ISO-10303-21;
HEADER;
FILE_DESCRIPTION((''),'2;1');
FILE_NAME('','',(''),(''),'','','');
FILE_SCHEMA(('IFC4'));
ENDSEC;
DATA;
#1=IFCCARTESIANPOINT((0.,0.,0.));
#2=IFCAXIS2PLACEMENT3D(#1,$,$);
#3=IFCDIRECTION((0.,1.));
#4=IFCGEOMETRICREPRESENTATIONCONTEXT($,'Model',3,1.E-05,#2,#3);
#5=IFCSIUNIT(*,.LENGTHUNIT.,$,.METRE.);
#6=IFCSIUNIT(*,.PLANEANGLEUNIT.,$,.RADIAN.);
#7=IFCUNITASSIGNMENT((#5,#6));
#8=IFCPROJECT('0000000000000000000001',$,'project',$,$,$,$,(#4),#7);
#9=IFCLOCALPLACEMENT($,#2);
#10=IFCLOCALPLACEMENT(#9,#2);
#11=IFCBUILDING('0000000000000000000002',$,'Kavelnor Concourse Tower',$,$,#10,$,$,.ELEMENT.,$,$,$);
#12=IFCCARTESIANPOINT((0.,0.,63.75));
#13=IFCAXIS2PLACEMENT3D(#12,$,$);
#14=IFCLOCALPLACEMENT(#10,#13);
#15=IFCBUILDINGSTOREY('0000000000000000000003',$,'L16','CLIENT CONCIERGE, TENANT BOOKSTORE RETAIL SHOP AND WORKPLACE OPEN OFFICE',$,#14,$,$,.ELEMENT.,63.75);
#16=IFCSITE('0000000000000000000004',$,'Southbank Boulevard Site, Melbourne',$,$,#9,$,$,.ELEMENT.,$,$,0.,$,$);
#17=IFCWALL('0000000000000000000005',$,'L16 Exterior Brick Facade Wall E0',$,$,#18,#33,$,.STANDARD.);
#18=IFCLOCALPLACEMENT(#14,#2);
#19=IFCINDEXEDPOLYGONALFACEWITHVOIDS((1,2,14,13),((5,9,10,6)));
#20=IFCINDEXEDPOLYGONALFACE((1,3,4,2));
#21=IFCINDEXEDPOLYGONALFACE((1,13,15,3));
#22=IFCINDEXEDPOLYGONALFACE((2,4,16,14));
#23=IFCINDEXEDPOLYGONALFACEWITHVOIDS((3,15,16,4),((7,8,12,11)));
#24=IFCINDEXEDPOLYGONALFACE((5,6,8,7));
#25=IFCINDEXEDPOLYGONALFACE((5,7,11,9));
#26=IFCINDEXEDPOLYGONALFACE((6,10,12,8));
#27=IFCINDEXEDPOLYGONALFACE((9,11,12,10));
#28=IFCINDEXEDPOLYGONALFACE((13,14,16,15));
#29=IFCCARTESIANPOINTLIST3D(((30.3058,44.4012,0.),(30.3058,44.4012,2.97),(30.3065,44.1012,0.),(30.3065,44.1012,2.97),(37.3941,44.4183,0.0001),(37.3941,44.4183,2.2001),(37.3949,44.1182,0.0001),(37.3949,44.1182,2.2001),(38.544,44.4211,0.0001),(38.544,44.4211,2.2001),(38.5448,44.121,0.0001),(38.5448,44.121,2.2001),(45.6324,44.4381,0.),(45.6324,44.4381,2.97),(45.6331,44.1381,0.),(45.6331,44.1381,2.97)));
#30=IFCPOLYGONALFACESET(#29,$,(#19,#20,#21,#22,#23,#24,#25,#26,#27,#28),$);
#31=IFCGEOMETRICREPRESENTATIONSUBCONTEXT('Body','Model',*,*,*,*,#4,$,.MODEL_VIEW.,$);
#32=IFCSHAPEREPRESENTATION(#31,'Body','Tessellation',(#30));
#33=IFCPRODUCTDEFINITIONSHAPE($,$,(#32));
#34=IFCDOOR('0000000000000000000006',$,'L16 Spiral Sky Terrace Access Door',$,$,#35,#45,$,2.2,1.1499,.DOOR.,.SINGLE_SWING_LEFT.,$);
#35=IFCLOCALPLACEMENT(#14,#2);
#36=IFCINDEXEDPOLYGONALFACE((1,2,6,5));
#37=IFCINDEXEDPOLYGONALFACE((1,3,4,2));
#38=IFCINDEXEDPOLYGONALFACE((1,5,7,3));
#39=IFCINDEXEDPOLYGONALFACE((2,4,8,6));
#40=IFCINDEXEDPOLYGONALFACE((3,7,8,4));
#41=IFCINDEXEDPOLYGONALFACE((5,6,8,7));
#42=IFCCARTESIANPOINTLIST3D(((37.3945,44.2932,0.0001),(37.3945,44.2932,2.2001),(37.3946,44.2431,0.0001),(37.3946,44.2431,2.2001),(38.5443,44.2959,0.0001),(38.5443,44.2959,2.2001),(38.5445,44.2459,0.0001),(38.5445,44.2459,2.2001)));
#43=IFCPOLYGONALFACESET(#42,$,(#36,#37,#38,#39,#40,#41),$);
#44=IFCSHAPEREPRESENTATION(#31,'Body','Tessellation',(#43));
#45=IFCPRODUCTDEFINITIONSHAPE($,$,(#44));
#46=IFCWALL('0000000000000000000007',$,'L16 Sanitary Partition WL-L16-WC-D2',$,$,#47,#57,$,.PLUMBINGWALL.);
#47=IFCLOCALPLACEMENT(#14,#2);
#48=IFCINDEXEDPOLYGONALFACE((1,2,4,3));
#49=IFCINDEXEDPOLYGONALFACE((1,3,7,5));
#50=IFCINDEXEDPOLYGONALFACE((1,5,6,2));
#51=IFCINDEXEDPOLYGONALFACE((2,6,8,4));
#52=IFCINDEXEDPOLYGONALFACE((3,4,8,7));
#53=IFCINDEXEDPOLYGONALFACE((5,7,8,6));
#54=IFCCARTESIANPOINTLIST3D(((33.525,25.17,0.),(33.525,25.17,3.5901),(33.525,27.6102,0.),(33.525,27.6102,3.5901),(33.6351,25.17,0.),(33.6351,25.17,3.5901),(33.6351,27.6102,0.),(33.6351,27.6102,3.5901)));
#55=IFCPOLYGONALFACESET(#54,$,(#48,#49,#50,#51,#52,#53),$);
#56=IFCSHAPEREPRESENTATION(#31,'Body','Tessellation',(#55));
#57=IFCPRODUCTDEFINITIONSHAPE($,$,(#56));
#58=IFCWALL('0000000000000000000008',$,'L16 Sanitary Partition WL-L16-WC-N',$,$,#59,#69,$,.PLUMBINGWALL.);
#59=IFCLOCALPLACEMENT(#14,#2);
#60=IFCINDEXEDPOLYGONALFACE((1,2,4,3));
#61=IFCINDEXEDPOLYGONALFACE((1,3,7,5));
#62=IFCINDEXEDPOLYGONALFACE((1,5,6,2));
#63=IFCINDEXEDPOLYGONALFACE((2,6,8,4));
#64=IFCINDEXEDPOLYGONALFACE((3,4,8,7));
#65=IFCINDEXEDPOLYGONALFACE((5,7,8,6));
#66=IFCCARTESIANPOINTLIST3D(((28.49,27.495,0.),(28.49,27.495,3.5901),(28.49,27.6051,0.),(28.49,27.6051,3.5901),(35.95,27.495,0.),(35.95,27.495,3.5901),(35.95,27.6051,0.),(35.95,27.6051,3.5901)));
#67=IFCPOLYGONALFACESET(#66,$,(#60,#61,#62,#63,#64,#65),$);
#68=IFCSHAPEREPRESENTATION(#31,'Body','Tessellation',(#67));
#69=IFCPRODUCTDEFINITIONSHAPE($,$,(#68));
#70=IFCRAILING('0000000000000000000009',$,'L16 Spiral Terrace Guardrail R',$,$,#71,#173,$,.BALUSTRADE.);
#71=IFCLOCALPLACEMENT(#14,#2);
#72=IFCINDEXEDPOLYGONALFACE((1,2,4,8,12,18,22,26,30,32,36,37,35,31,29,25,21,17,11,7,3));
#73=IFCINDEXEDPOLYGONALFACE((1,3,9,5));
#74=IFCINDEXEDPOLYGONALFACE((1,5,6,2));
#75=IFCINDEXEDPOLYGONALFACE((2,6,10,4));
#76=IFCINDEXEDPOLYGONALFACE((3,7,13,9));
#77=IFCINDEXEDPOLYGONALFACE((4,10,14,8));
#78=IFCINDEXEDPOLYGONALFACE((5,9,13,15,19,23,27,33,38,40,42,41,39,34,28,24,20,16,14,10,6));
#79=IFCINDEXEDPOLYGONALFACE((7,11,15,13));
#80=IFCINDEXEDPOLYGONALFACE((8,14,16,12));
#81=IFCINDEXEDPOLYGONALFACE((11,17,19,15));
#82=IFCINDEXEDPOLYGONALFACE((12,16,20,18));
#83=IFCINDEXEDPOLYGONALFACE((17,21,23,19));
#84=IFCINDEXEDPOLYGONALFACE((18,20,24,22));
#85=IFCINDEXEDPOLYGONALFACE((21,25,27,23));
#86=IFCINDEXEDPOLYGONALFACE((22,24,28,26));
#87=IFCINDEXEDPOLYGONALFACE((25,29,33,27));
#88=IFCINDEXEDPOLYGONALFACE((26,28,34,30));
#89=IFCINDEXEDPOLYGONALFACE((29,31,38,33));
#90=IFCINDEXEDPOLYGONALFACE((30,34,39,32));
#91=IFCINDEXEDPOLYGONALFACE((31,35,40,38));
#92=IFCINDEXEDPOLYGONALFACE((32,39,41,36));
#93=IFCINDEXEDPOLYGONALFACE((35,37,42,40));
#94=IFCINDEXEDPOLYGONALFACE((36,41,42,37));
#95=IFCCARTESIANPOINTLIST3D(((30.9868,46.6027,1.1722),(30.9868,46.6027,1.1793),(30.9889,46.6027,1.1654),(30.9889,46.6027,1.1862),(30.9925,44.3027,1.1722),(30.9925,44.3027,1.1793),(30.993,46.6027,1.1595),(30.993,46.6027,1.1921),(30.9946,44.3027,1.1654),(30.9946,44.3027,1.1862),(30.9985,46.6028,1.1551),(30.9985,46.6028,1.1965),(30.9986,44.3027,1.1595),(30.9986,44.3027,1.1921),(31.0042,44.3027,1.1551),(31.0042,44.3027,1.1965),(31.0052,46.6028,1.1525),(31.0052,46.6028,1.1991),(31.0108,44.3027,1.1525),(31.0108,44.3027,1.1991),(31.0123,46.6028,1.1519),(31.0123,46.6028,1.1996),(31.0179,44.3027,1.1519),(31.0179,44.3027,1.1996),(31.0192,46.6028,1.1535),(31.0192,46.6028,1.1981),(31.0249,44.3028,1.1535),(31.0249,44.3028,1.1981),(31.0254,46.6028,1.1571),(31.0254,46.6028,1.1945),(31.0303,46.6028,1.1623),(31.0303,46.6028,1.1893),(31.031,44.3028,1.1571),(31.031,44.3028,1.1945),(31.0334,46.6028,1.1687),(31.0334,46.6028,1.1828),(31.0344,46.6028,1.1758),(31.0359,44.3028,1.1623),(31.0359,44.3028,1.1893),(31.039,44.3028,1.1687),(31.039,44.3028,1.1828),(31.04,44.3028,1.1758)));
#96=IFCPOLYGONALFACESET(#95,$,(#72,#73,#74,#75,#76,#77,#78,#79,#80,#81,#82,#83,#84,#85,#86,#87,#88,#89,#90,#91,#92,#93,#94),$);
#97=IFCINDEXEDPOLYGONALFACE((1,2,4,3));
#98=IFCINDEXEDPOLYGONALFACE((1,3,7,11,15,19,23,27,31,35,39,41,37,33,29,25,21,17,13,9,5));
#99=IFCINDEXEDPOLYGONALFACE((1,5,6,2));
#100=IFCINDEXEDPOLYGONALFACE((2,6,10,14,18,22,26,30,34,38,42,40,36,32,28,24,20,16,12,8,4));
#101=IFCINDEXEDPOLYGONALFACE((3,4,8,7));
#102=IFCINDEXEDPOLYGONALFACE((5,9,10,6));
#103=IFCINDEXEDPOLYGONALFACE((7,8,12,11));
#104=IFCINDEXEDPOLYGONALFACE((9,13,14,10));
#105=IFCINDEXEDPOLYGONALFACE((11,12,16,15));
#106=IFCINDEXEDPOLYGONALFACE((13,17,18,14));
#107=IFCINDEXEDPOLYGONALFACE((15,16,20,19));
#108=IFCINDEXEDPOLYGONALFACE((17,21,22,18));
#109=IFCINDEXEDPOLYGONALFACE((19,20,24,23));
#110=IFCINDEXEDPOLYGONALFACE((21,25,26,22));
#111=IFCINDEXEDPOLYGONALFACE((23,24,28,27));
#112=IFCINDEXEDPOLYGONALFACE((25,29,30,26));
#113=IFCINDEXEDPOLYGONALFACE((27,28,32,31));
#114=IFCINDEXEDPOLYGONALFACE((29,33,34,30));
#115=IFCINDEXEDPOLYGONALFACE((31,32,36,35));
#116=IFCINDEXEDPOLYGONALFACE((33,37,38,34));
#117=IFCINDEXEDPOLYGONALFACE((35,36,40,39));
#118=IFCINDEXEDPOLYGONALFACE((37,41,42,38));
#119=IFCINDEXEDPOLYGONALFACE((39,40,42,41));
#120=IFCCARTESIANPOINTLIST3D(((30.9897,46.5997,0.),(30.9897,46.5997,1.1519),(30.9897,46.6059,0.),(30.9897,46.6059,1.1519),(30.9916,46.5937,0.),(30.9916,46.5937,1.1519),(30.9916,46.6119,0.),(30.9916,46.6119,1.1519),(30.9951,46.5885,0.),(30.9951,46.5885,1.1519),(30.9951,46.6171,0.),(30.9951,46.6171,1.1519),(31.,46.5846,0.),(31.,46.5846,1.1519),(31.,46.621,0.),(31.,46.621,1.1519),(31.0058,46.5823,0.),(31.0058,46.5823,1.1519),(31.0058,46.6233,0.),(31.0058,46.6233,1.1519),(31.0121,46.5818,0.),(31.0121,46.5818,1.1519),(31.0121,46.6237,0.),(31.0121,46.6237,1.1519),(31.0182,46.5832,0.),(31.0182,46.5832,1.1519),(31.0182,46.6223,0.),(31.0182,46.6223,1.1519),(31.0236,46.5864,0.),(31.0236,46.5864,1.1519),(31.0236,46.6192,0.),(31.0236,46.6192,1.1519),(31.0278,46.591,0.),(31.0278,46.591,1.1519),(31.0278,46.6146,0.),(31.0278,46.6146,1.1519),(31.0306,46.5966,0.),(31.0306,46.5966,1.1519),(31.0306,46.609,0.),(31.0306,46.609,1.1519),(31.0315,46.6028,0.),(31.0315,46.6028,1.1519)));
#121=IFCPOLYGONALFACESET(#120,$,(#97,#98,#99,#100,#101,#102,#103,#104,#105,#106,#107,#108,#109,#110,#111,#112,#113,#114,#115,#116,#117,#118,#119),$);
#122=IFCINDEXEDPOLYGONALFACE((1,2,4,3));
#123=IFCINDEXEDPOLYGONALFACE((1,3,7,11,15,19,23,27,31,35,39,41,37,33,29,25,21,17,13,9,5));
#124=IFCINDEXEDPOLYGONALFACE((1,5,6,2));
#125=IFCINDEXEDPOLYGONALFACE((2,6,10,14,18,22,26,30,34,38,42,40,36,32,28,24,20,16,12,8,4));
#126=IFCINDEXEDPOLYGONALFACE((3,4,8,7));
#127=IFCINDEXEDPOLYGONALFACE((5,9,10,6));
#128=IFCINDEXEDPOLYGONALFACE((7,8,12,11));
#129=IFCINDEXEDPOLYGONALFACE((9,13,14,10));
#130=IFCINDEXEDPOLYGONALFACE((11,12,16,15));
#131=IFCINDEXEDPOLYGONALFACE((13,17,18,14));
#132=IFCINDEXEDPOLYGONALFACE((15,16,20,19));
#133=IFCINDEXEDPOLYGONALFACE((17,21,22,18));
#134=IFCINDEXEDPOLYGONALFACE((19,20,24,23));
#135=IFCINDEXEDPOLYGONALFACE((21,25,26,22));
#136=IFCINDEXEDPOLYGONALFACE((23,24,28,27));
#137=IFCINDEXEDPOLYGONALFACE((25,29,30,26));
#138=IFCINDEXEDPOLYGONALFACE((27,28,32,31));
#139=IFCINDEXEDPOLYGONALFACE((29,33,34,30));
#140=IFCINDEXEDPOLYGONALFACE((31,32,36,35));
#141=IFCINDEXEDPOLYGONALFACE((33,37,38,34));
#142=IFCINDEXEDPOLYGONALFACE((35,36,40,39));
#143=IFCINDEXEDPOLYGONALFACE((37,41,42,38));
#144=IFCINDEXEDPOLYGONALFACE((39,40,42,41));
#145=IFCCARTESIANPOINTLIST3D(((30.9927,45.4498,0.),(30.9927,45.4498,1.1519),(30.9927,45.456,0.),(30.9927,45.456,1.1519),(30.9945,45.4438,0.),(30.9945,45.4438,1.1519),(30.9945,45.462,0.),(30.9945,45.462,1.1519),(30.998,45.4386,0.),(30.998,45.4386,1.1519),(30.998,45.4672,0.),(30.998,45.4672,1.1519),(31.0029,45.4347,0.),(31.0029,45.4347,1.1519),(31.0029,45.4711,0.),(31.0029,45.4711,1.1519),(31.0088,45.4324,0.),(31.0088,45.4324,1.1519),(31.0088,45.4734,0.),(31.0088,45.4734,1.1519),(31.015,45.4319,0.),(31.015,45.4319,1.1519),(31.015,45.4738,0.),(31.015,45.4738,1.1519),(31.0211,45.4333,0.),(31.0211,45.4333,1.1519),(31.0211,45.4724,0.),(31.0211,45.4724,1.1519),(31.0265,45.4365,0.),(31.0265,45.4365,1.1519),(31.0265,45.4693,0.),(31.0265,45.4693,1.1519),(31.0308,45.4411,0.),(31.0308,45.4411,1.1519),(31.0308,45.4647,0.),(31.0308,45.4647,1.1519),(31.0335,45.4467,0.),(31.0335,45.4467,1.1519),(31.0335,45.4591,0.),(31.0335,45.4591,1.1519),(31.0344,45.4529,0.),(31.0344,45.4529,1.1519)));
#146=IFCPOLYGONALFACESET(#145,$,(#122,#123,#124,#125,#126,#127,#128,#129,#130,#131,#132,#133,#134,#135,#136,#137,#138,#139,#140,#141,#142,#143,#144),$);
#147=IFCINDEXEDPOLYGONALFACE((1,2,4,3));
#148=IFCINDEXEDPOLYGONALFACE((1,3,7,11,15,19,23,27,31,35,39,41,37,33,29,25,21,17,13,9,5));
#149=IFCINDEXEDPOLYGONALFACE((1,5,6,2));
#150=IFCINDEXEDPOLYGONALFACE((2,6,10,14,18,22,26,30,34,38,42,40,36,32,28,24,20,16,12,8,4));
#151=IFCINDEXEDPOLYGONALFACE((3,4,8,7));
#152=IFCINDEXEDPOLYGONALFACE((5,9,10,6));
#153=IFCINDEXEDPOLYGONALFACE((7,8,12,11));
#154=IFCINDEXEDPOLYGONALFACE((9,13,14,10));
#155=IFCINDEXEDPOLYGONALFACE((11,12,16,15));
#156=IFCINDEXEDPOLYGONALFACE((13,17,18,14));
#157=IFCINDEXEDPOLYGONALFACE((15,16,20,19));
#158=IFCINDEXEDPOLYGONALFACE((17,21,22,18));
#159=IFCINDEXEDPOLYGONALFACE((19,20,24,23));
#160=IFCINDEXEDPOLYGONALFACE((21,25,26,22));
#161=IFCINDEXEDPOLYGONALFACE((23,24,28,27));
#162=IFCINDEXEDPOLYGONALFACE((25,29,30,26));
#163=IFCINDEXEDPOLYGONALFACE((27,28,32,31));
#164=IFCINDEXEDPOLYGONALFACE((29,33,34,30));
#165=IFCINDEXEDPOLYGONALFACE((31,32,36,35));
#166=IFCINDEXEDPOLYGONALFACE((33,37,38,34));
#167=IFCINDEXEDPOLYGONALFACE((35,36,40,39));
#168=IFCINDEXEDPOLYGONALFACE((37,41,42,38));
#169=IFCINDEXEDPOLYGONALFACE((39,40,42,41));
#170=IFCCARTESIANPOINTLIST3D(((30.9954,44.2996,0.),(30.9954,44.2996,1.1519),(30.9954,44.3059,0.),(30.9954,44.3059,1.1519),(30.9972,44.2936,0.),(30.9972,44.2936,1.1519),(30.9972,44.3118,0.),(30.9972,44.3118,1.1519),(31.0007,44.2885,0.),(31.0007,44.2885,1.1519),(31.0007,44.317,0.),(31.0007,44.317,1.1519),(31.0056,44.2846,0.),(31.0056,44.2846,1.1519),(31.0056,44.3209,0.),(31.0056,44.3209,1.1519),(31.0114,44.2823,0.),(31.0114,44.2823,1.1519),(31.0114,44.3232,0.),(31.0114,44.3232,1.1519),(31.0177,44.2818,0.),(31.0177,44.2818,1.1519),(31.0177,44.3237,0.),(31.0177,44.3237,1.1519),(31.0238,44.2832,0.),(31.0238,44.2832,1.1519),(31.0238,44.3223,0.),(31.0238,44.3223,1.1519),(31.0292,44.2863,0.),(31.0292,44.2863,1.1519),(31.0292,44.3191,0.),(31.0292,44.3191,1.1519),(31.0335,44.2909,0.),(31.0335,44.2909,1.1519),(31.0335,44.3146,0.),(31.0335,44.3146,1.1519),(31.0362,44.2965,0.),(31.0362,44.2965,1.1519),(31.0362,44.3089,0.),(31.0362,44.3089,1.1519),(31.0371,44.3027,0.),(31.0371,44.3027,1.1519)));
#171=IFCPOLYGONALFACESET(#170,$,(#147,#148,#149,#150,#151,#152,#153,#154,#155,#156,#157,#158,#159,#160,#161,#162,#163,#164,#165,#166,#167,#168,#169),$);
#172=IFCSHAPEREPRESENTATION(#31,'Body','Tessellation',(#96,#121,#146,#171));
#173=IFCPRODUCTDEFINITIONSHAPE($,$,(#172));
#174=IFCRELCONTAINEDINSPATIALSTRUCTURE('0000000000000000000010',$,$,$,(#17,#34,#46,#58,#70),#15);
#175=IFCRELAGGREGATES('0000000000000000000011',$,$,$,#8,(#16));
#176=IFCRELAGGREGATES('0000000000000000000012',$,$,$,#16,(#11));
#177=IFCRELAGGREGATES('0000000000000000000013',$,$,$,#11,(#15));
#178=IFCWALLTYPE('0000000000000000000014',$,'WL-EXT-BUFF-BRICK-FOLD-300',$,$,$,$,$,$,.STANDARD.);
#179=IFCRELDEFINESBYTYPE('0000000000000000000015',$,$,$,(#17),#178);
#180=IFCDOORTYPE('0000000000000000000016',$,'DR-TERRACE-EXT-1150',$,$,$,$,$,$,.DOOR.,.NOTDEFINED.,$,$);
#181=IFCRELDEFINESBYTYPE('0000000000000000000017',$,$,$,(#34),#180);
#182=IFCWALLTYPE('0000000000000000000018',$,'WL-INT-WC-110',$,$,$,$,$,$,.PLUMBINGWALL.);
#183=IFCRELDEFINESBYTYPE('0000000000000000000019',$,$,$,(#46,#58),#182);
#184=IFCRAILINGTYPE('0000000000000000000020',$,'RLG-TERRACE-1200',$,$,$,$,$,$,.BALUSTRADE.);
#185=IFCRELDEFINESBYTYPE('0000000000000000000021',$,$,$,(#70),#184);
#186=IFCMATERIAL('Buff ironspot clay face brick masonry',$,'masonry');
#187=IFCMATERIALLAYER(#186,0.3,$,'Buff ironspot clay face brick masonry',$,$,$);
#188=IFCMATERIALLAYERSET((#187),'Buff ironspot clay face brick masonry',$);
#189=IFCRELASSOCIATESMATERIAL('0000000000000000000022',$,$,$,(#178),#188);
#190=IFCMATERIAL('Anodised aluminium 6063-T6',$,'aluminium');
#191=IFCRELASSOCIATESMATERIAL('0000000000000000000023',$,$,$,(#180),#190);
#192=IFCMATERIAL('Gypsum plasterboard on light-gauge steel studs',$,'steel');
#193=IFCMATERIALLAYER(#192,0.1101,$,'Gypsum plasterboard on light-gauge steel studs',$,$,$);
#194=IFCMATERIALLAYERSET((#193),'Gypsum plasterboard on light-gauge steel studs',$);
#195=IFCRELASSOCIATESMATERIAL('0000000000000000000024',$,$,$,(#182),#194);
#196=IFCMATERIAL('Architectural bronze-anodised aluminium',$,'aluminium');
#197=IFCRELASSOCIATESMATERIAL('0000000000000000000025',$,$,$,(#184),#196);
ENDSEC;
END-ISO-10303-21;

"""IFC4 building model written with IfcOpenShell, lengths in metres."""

from ifc_helpers import new_model, si_unit, direction, frame, frame_2d, origin, origin_2d, place, context, subcontext, project, spatial, rectangle, circle, extrude, material, layer, layer_set, type_object, element, fill, save


model = new_model("IFC4")

# Units and contexts
model_context = context("Model", 3, precision=1e-05, world=origin(), true_north=direction((0.0, 1.0)))
body_context = subcontext(model_context, "Body", "Model", "MODEL_VIEW")
ifc_project = project(units=[si_unit("LENGTHUNIT", "METRE"), si_unit("PLANEANGLEUNIT", "RADIAN")], contexts=[model_context])

# Site, building, storey
site_placement = place(None, origin())
site = spatial("IfcSite", under=ifc_project, at=site_placement, Name="Southbank Boulevard Site, Melbourne", CompositionType="ELEMENT", RefElevation=0.0)
building_placement = place(site_placement, origin())
building = spatial("IfcBuilding", under=site, at=building_placement, Name="Kavelnor Concourse Tower", CompositionType="ELEMENT")
storey_placement = place(building_placement, frame((0.0, 0.0, 63.75)))
storey = spatial("IfcBuildingStorey", under=building, at=storey_placement, Name="L16", Description="CLIENT CONCIERGE, TENANT BOOKSTORE RETAIL SHOP AND WORKPLACE OPEN OFFICE", CompositionType="ELEMENT", Elevation=63.75)

# Shared definitions
ifc_material_1 = material(Name="Anodised aluminium 6063-T6", Category="aluminium")

# Wall, opening, door
ifc_material_2 = material(Name="Buff ironspot clay face brick masonry", Category="masonry")
ifc_layer_1 = layer(ifc_material_2, 0.3, Name="Buff ironspot clay face brick masonry")
ifc_layer_set_1 = layer_set([ifc_layer_1], Name="Buff ironspot clay face brick masonry")
wall_type_1 = type_object("IfcWallType", Name="WL-EXT-BUFF-BRICK-FOLD-300", PredefinedType="STANDARD", material=ifc_layer_set_1)
wall_1_placement = place(storey_placement, frame((30.3062, 44.2512, 0.0), z_axis=(0.0, 0.0, 1.0), x_axis=(0.999997, 0.002405, 0.0)))
wall_1 = element("IfcWall", 1, at=wall_1_placement, inside=storey, type_object=wall_type_1, Name="L16 Exterior Brick Facade Wall E0", PredefinedType="STANDARD", context=body_context, shape_type="SweptSolid", body=[
    extrude(rectangle(XDim=15.3267, YDim=0.3, at=frame_2d((7.6633, 0.0))), origin(), (0.0, 0.0, 1.0), 2.97),
])
opening_placement = place(wall_1_placement, frame((7.0884, 0.0, 0.0)))
opening = element("IfcOpeningElement", 2, at=opening_placement, cuts=wall_1, PredefinedType="OPENING", context=body_context, shape_type="SweptSolid", body=[
    extrude(rectangle(XDim=1.1499, YDim=2.2, at=frame_2d((0.575, 1.1001))), frame((0.0, 0.1602, 0.0), z_axis=(0.0, -1.0, 0.0), x_axis=(1.0, 0.0, 0.0)), (0.0, 0.0, 1.0), 0.3201),
])
door_type = type_object("IfcDoorType", Name="DR-TERRACE-EXT-1150", OperationType="NOTDEFINED", PredefinedType="DOOR", material=ifc_material_1)
door_placement = place(opening_placement, origin())
door = element("IfcDoor", 3, at=door_placement, inside=storey, type_object=door_type, Name="L16 Spiral Sky Terrace Access Door", OperationType="SINGLE_SWING_LEFT", OverallHeight=2.2, OverallWidth=1.1499, PredefinedType="DOOR", context=body_context, shape_type="SweptSolid", body=[
    extrude(rectangle(XDim=1.1499, YDim=2.2, at=frame_2d((0.575, 1.1001))), frame((0.0, 0.0249, 0.0), z_axis=(0.0, -1.0, 0.0), x_axis=(1.0, 0.0, 0.0)), (0.0, 0.0, 1.0), 0.05),
])
fill(opening, door)

# Walls
ifc_material_3 = material(Name="Gypsum plasterboard on light-gauge steel studs", Category="steel")
ifc_layer_2 = layer(ifc_material_3, 0.1101, Name="Gypsum plasterboard on light-gauge steel studs")
ifc_layer_set_2 = layer_set([ifc_layer_2], Name="Gypsum plasterboard on light-gauge steel studs")
wall_type_2 = type_object("IfcWallType", Name="WL-INT-WC-110", PredefinedType="PLUMBINGWALL", material=ifc_layer_set_2)
wall_2_placement = place(storey_placement, frame((33.5801, 25.1699, 0.0), z_axis=(0.0, 0.0, 1.0), x_axis=(0.0, 1.0, 0.0)))
element("IfcWall", 4, at=wall_2_placement, inside=storey, type_object=wall_type_2, Name="L16 Sanitary Partition WL-L16-WC-D2", PredefinedType="PLUMBINGWALL", context=body_context, shape_type="SweptSolid", body=[
    extrude(rectangle(XDim=2.4402, YDim=0.1101, at=frame_2d((1.2202, 0.0))), origin(), (0.0, 0.0, 1.0), 3.5901),
])
wall_3_placement = place(storey_placement, frame((28.49, 27.55, 0.0), z_axis=(0.0, 0.0, 1.0), x_axis=(1.0, 0.0, 0.0)))
element("IfcWall", 5, at=wall_3_placement, inside=storey, type_object=wall_type_2, Name="L16 Sanitary Partition WL-L16-WC-N", PredefinedType="PLUMBINGWALL", context=body_context, shape_type="SweptSolid", body=[
    extrude(rectangle(XDim=7.46, YDim=0.1101, at=frame_2d((3.73, 0.0))), origin(), (0.0, 0.0, 1.0), 3.5901),
])

# Railing
ifc_material_4 = material(Name="Architectural bronze-anodised aluminium", Category="aluminium")
railing_type = type_object("IfcRailingType", Name="RLG-TERRACE-1200", PredefinedType="BALUSTRADE", material=ifc_material_4)
railing_placement = place(storey_placement, frame((31.0105, 46.6028, 0.0)))
element("IfcRailing", 6, at=railing_placement, inside=storey, type_object=railing_type, Name="L16 Spiral Terrace Guardrail R", PredefinedType="BALUSTRADE", context=body_context, shape_type="SweptSolid", body=[
    extrude(circle(Radius=0.0239, at=origin_2d()), frame((0.0, 0.0, 1.1758), z_axis=(0.002441, -0.999997, 0.0), x_axis=(0.999997, 0.002441, 0.0)), (0.0, 0.0, 1.0), 2.3),
    extrude(circle(Radius=0.021, at=origin_2d()), origin(), (0.0, 0.0, 1.0), 1.1519),
    extrude(circle(Radius=0.021, at=origin_2d()), frame((0.0029, -1.1499, 0.0)), (0.0, 0.0, 1.0), 1.1519),
    extrude(circle(Radius=0.021, at=origin_2d()), frame((0.0056, -2.3, 0.0)), (0.0, 0.0, 1.0), 1.1519),
])

save(model, "model.ifc")
